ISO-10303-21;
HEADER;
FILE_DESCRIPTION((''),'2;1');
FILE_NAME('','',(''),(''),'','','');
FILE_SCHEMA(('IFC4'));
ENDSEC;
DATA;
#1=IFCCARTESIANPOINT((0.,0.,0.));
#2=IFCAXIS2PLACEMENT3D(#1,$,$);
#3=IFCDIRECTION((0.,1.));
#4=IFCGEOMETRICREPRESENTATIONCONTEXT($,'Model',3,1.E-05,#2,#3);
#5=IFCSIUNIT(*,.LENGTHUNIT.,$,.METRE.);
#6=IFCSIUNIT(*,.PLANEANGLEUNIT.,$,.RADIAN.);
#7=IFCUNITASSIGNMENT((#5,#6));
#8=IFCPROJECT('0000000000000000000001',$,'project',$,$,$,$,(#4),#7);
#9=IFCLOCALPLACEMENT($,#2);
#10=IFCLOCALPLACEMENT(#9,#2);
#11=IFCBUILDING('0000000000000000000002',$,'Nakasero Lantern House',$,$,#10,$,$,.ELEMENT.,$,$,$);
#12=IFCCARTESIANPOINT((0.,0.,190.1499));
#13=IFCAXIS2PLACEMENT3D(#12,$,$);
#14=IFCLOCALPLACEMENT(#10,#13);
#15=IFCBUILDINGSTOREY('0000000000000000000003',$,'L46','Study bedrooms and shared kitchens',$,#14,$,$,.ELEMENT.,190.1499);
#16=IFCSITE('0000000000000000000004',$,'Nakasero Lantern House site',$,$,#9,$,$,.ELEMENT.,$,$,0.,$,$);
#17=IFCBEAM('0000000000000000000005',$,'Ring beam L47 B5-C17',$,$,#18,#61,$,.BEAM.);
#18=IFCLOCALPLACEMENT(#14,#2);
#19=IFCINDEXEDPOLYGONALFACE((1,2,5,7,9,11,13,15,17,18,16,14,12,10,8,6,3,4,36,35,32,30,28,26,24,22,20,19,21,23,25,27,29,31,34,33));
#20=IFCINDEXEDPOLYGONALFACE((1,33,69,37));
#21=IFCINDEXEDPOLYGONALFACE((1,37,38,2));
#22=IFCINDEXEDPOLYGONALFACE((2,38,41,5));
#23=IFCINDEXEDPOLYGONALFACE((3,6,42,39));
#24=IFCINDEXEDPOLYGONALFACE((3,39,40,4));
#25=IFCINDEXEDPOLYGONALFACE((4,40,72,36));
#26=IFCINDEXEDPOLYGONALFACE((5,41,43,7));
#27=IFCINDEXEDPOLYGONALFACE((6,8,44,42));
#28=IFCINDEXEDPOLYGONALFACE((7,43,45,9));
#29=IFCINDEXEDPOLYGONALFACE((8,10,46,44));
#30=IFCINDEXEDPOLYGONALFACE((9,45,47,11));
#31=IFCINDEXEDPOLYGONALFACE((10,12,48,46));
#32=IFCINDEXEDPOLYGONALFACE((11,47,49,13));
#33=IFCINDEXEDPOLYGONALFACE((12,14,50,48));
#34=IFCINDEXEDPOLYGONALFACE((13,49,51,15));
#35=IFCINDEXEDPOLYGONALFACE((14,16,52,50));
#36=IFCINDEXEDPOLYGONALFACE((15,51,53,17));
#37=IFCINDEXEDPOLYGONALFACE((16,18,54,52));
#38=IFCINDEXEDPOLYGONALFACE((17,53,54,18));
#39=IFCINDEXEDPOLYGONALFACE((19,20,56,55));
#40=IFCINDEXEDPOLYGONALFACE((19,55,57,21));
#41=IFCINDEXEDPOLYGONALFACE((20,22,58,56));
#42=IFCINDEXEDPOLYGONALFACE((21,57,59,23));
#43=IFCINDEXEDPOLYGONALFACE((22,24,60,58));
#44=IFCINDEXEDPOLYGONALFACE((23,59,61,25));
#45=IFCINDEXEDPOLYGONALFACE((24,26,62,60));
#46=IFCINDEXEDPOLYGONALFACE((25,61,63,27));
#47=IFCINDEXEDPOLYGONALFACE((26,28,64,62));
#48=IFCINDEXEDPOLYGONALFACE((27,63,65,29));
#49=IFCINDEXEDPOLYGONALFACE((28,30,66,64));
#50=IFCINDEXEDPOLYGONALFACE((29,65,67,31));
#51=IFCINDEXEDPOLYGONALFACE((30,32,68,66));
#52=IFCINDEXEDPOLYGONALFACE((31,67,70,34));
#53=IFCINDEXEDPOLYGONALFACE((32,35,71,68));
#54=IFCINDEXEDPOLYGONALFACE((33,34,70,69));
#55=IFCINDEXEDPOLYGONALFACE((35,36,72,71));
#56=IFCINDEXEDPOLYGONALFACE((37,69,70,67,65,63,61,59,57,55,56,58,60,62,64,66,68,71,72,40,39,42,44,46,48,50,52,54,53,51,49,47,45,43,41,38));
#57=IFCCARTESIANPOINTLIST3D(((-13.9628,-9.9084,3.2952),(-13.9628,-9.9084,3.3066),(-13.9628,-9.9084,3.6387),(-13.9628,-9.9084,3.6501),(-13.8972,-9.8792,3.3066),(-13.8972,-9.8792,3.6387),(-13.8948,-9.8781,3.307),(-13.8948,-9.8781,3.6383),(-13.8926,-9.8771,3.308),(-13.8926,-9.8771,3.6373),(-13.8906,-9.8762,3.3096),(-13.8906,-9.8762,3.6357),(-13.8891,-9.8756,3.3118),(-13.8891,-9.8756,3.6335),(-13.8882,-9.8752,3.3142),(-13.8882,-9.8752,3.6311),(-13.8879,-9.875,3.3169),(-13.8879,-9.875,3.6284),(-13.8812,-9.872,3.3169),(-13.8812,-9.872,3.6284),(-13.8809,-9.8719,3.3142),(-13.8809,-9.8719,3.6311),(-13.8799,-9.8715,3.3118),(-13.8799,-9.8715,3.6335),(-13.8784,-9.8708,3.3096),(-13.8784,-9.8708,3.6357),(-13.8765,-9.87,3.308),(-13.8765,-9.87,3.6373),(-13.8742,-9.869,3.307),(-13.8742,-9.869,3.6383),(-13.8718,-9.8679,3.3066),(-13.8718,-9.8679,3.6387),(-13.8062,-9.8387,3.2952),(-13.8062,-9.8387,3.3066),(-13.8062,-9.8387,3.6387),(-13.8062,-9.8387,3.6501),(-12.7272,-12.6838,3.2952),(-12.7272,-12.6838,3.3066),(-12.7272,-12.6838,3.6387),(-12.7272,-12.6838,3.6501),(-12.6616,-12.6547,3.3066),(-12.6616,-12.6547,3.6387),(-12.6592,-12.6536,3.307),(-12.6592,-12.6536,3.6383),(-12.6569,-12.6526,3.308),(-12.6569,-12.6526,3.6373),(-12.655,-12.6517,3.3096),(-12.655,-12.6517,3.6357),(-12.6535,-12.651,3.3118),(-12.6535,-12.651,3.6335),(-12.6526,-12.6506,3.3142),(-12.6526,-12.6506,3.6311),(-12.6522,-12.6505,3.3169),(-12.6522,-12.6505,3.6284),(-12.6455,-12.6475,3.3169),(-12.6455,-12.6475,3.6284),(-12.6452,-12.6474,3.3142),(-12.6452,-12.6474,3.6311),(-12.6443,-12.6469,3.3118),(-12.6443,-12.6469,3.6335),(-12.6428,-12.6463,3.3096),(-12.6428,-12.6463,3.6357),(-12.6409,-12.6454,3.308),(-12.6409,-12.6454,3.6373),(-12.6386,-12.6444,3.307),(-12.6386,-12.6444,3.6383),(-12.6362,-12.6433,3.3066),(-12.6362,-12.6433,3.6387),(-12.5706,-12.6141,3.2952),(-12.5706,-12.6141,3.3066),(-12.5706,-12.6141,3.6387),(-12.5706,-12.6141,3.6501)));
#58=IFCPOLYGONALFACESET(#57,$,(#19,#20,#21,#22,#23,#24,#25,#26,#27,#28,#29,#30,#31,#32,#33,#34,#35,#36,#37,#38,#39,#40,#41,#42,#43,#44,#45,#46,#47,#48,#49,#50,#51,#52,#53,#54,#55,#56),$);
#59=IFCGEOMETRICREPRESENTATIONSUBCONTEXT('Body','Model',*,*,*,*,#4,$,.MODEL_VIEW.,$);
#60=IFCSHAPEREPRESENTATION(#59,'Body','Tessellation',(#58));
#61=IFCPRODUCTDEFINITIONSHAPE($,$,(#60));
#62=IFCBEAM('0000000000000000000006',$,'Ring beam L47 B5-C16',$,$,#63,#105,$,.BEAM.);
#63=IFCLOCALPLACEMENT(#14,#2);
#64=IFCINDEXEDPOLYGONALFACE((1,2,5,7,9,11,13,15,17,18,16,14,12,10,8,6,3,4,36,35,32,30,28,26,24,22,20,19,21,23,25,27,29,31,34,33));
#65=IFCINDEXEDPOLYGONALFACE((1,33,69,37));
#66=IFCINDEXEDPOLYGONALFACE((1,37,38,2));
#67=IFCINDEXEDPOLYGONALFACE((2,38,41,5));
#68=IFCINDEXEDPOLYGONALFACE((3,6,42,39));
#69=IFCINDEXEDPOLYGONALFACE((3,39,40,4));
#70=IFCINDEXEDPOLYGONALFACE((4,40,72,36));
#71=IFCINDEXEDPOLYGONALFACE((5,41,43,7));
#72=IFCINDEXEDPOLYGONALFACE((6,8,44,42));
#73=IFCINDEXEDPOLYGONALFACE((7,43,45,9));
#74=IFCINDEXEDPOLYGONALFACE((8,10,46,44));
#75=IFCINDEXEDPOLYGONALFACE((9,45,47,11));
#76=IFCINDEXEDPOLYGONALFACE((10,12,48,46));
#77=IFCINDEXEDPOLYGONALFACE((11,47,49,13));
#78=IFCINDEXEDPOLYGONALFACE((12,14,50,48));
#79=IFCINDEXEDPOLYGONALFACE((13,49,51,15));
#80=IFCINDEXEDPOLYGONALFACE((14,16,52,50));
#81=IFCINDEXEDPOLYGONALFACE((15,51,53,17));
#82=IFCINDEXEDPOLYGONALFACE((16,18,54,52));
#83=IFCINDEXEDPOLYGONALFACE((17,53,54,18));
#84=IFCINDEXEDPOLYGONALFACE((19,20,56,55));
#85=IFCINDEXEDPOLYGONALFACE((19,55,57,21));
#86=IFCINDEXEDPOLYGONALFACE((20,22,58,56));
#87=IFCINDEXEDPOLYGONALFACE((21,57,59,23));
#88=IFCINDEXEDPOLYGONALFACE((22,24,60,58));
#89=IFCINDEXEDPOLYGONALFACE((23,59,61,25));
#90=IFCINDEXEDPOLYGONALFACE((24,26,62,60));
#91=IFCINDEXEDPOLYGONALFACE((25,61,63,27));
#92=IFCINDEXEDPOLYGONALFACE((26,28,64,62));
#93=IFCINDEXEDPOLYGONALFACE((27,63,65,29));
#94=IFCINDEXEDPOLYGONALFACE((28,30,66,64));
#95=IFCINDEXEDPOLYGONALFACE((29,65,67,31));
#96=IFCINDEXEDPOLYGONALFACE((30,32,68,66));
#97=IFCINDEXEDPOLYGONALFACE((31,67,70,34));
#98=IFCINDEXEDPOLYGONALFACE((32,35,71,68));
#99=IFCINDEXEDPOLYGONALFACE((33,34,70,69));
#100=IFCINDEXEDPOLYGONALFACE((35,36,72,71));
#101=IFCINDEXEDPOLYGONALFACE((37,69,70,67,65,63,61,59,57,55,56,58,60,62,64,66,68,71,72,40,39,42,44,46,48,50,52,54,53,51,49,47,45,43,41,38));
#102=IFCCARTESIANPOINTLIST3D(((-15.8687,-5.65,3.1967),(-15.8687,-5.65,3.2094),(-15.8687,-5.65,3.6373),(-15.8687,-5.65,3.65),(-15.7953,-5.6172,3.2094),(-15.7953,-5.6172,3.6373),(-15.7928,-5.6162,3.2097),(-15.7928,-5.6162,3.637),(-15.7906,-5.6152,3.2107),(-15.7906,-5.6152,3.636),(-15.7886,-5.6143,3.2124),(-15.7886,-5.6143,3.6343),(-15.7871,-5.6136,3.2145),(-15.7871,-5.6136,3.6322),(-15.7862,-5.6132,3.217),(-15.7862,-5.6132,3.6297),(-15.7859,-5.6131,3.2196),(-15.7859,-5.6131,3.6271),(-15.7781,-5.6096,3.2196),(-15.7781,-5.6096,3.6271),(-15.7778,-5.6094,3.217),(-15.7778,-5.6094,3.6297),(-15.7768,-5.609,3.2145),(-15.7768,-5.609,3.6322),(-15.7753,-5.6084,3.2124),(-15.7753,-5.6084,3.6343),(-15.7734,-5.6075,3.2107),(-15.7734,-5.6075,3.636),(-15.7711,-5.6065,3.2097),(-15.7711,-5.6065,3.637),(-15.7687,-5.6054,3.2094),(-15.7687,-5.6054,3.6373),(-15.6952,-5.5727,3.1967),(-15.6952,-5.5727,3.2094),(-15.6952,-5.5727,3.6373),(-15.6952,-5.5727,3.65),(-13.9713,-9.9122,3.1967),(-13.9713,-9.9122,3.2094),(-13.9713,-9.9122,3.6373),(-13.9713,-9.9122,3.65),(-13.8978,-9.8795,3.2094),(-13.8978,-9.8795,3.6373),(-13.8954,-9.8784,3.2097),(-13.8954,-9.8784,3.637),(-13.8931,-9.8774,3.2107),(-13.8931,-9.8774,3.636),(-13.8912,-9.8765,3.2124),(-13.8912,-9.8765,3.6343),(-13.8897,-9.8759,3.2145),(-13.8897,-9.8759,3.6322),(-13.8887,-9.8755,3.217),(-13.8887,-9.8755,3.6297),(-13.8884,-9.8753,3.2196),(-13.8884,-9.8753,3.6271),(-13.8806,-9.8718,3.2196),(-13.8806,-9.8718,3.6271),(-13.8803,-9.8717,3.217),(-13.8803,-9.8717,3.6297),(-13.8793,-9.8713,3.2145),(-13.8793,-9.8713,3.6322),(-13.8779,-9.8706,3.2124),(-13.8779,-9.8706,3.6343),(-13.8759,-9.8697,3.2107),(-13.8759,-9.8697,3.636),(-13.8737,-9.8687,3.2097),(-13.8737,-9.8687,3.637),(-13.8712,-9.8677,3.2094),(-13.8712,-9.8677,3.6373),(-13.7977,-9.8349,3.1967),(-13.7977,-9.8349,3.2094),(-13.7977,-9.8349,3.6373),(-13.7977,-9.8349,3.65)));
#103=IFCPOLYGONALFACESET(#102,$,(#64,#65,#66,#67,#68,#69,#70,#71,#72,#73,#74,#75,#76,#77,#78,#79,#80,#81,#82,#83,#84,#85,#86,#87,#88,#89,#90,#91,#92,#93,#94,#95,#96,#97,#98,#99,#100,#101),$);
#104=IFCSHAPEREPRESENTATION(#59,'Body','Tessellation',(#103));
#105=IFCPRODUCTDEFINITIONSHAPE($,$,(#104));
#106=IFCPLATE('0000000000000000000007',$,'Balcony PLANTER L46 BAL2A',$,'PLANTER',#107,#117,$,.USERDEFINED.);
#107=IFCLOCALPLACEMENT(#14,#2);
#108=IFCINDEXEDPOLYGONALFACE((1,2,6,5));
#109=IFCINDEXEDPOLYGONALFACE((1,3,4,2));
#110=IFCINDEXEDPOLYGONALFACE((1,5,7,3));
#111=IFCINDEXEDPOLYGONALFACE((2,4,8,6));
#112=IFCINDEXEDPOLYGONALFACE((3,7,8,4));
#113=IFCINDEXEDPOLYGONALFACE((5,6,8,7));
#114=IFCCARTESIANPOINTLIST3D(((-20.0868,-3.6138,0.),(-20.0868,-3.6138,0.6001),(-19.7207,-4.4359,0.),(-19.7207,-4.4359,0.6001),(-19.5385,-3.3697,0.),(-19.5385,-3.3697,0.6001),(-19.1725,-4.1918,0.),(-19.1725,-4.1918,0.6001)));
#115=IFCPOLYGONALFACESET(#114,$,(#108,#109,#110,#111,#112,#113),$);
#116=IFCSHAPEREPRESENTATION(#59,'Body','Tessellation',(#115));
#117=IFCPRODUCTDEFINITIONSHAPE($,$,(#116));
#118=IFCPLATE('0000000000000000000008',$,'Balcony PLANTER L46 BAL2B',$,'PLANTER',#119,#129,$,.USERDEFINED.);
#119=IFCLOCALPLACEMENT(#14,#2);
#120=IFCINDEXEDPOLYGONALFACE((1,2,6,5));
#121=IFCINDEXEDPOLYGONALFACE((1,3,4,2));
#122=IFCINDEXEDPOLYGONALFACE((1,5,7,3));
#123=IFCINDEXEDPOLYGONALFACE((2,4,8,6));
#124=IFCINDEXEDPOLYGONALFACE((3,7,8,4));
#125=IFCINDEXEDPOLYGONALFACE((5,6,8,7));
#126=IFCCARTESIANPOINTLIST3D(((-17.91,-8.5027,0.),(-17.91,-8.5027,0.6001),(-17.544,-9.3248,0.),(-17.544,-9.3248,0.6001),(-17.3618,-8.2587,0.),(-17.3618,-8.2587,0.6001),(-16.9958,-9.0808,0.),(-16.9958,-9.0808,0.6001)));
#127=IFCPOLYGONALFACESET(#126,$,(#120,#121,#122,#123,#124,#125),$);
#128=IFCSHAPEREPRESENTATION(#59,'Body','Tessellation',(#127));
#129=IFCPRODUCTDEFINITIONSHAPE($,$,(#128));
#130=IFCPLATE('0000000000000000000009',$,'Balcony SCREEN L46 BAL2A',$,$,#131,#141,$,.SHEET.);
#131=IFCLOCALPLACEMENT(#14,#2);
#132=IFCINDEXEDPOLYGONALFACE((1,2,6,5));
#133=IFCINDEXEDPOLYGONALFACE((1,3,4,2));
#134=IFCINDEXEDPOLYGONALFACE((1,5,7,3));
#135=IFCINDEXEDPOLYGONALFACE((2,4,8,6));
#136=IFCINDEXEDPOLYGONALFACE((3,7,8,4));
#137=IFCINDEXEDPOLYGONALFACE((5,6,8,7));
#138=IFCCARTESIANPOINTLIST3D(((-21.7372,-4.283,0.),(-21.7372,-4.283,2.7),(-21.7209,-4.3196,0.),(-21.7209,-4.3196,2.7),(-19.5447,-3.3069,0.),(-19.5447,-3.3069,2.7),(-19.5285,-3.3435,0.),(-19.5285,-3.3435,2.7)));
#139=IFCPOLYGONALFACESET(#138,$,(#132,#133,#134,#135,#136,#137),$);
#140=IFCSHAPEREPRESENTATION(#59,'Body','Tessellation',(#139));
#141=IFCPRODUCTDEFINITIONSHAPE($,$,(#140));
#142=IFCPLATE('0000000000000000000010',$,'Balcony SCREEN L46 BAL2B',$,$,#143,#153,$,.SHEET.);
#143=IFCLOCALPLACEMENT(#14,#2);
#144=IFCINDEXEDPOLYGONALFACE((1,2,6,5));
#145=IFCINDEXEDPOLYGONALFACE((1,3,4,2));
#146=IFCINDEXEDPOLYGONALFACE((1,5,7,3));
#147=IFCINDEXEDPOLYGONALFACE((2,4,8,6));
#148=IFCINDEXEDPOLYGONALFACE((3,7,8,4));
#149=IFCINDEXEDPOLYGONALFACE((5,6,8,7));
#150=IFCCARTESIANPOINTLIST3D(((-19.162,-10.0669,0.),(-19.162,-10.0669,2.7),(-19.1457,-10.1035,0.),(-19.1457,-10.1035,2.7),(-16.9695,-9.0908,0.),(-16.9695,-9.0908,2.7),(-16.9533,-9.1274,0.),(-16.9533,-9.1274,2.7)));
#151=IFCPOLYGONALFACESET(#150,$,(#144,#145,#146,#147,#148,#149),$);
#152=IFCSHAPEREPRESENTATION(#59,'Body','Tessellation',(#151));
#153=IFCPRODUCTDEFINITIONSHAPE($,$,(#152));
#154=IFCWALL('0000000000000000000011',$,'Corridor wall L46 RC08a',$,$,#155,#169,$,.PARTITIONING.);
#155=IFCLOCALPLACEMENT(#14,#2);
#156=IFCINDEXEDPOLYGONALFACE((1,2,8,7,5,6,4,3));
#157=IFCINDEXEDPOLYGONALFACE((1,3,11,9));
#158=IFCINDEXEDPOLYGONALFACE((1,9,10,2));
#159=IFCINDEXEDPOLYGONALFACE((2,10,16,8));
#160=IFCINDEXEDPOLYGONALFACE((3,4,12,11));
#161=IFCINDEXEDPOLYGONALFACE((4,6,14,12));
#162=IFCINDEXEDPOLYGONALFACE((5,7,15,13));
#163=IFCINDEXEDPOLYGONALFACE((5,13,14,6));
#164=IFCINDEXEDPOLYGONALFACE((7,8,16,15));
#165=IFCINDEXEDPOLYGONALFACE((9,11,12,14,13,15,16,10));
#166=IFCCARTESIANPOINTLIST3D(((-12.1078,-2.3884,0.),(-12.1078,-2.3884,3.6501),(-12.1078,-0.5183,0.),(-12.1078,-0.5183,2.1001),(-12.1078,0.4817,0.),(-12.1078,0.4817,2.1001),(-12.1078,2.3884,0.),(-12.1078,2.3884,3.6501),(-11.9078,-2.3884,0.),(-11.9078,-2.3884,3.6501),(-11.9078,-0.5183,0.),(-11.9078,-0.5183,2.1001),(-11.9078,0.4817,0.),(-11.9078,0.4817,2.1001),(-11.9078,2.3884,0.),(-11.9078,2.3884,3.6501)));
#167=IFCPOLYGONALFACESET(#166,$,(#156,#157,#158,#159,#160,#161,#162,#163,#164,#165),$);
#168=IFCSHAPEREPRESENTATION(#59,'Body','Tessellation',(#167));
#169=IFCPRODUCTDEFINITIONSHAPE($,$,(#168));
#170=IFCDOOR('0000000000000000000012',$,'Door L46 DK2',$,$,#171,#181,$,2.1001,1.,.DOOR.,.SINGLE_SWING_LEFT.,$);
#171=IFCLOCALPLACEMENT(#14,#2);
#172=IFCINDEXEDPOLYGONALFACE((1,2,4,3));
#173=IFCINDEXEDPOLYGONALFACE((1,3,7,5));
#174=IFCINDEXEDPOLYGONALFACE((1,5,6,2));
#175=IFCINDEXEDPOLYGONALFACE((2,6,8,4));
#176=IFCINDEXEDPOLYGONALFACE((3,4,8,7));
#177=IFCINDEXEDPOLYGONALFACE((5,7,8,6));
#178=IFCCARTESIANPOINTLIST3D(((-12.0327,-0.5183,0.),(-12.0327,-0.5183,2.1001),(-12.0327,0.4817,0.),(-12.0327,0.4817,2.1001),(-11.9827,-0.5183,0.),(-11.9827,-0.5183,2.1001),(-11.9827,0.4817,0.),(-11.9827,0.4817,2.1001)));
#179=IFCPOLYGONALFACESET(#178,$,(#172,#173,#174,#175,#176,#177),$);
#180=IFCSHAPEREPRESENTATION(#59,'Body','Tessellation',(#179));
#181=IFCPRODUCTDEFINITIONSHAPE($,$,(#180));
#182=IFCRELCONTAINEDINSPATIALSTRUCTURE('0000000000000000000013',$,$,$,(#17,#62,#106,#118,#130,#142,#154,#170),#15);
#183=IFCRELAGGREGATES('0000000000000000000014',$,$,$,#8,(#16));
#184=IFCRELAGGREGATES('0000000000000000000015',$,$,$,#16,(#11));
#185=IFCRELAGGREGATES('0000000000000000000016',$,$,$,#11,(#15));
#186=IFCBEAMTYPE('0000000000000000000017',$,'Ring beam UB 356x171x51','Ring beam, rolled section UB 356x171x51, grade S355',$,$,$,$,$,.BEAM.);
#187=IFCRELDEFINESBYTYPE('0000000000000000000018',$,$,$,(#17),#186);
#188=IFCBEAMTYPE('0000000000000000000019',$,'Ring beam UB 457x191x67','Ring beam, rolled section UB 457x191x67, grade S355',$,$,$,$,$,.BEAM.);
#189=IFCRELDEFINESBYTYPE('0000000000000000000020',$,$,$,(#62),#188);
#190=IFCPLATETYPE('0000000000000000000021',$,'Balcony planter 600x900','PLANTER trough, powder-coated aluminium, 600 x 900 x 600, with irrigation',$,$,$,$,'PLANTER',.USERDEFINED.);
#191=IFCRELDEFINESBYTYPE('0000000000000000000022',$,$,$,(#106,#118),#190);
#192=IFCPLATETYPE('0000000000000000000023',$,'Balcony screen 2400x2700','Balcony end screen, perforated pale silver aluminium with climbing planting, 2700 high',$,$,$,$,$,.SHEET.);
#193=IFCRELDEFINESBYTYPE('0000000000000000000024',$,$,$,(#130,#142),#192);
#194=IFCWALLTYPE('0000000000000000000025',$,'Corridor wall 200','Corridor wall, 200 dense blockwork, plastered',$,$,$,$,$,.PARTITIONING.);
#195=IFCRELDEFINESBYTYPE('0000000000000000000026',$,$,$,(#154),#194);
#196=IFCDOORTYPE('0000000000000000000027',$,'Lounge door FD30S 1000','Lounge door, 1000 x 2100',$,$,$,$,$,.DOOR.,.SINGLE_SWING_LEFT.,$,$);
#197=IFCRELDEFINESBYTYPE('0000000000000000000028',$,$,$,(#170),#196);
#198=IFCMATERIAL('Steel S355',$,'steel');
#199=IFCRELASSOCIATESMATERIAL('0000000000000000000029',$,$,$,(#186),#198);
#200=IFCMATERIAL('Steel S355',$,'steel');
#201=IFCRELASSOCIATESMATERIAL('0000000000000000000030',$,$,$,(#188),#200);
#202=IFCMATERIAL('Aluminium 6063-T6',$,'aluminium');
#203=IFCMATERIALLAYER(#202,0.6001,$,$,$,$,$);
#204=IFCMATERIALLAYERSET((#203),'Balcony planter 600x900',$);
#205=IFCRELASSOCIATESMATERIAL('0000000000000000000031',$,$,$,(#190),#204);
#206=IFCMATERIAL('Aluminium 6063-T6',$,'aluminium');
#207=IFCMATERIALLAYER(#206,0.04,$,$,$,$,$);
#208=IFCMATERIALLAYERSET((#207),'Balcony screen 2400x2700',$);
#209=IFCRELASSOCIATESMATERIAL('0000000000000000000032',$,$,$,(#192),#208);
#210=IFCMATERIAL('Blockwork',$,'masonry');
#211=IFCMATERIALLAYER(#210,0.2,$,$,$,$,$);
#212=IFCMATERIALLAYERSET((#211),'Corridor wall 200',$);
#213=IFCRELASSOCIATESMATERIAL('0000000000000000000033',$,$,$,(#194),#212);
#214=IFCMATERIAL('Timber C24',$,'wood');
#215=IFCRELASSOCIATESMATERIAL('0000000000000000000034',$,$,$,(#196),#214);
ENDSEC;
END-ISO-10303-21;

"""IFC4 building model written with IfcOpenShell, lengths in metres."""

from ifc_helpers import new_model, si_unit, direction, frame, frame_2d, origin, origin_2d, place, context, subcontext, project, spatial, rectangle, i_section, extrude, material, layer, layer_set, material_profile, profile_set, type_object, element, fill, save


model = new_model("IFC4")

# Units and contexts
model_context = context("Model", 3, precision=1e-05, world=origin(), true_north=direction((0.0, 1.0)))
body_context = subcontext(model_context, "Body", "Model", "MODEL_VIEW")
ifc_project = project(units=[si_unit("LENGTHUNIT", "METRE"), si_unit("PLANEANGLEUNIT", "RADIAN")], contexts=[model_context])

# Site, building, storey
site_placement = place(None, origin())
site = spatial("IfcSite", under=ifc_project, at=site_placement, Name="Nakasero Lantern House site", CompositionType="ELEMENT", RefElevation=0.0)
building_placement = place(site_placement, origin())
building = spatial("IfcBuilding", under=site, at=building_placement, Name="Nakasero Lantern House", CompositionType="ELEMENT")
storey_placement = place(building_placement, frame((0.0, 0.0, 190.1499)))
storey = spatial("IfcBuildingStorey", under=building, at=storey_placement, Name="L46", Description="Study bedrooms and shared kitchens", CompositionType="ELEMENT", Elevation=190.1499)

# Beams
ifc_material_1 = material(Name="Steel S355", Category="steel")
ifc_material_profile_1 = material_profile(ifc_material_1, i_section(OverallWidth=0.1714, OverallDepth=0.355, WebThickness=0.0073, FlangeThickness=0.0115, FilletRadius=0.0103, at=origin_2d()), Name="UB 356x171x51")
ifc_profile_set_1 = profile_set([ifc_material_profile_1], Name="Steel S355")
beam_type_1 = type_object("IfcBeamType", Name="Ring beam UB 356x171x51", Description="Ring beam, rolled section UB 356x171x51, grade S355", PredefinedType="BEAM", material=ifc_profile_set_1)
beam_1_placement = place(storey_placement, frame((-13.8845, -9.8735, 3.4727), z_axis=(0.406713, -0.913556, 0.0), x_axis=(0.913556, 0.406713, 0.0)))
element("IfcBeam", 1, at=beam_1_placement, inside=storey, type_object=beam_type_1, Name="Ring beam L47 B5-C17", PredefinedType="BEAM", context=body_context, shape_type="SweptSolid", body=[
    extrude(i_section(OverallWidth=0.1714, OverallDepth=0.355, WebThickness=0.0073, FlangeThickness=0.0115, FilletRadius=0.0103, at=origin_2d()), origin(), (0.0, 0.0, 1.0), 3.0381),
])
ifc_material_2 = material(Name="Steel S355", Category="steel")
ifc_material_profile_2 = material_profile(ifc_material_2, i_section(OverallWidth=0.1899, OverallDepth=0.4534, WebThickness=0.0085, FlangeThickness=0.0127, FilletRadius=0.0103, at=origin_2d()), Name="UB 457x191x67")
ifc_profile_set_2 = profile_set([ifc_material_profile_2], Name="Steel S355")
beam_type_2 = type_object("IfcBeamType", Name="Ring beam UB 457x191x67", Description="Ring beam, rolled section UB 457x191x67, grade S355", PredefinedType="BEAM", material=ifc_profile_set_2)
beam_2_placement = place(storey_placement, frame((-15.782, -5.6113, 3.4233), z_axis=(0.406702, -0.913561, 0.0), x_axis=(0.913561, 0.406702, 0.0)))
element("IfcBeam", 2, at=beam_2_placement, inside=storey, type_object=beam_type_2, Name="Ring beam L47 B5-C16", PredefinedType="BEAM", context=body_context, shape_type="SweptSolid", body=[
    extrude(i_section(OverallWidth=0.1899, OverallDepth=0.4534, WebThickness=0.0085, FlangeThickness=0.0127, FilletRadius=0.0103, at=origin_2d()), origin(), (0.0, 0.0, 1.0), 4.6655),
])

# Plates
ifc_material_3 = material(Name="Aluminium 6063-T6", Category="aluminium")
ifc_layer_1 = layer(ifc_material_3, 0.6001)
ifc_layer_set_1 = layer_set([ifc_layer_1], Name="Balcony planter 600x900")
plate_type_1 = type_object("IfcPlateType", Name="Balcony planter 600x900", Description="PLANTER trough, powder-coated aluminium, 600 x 900 x 600, with irrigation", ElementType="PLANTER", PredefinedType="USERDEFINED", material=ifc_layer_set_1)
for number, where, z_axis, x_axis, name in (
    (3, (-19.6296, -3.9028, 0.0), (0.0, 0.0, 1.0), (-0.913545, -0.406737, 0.0), "Balcony PLANTER L46 BAL2A"),
    (4, (-17.4529, -8.7917, 0.0), (0.0, 0.0, 1.0), (-0.913545, -0.406737, 0.0), "Balcony PLANTER L46 BAL2B"),
):
    element("IfcPlate", number, at=place(storey_placement, frame(where, z_axis=z_axis, x_axis=x_axis)), inside=storey, type_object=plate_type_1, Name=name, ObjectType="PLANTER", PredefinedType="USERDEFINED", context=body_context, shape_type="SweptSolid", body=[
        extrude(rectangle(XDim=0.6001, YDim=0.8999, at=origin_2d()), origin(), (0.0, 0.0, 1.0), 0.6001),
    ])
ifc_material_4 = material(Name="Aluminium 6063-T6", Category="aluminium")
ifc_layer_2 = layer(ifc_material_4, 0.04)
ifc_layer_set_2 = layer_set([ifc_layer_2], Name="Balcony screen 2400x2700")
plate_type_2 = type_object("IfcPlateType", Name="Balcony screen 2400x2700", Description="Balcony end screen, perforated pale silver aluminium with climbing planting, 2700 high", PredefinedType="SHEET", material=ifc_layer_set_2)
for number, where, z_axis, x_axis, name in (
    (5, (-20.6328, -3.8132, 0.0), (0.0, 0.0, 1.0), (-0.913545, -0.406737, 0.0), "Balcony SCREEN L46 BAL2A"),
    (6, (-18.0576, -9.5972, 0.0), (0.0, 0.0, 1.0), (-0.913545, -0.406737, 0.0), "Balcony SCREEN L46 BAL2B"),
):
    element("IfcPlate", number, at=place(storey_placement, frame(where, z_axis=z_axis, x_axis=x_axis)), inside=storey, type_object=plate_type_2, Name=name, PredefinedType="SHEET", context=body_context, shape_type="SweptSolid", body=[
        extrude(rectangle(XDim=2.3999, YDim=0.04, at=origin_2d()), origin(), (0.0, 0.0, 1.0), 2.7),
    ])

# Wall, opening, door
ifc_material_5 = material(Name="Blockwork", Category="masonry")
ifc_layer_3 = layer(ifc_material_5, 0.2)
ifc_layer_set_3 = layer_set([ifc_layer_3], Name="Corridor wall 200")
wall_type_1 = type_object("IfcWallType", Name="Corridor wall 200", Description="Corridor wall, 200 dense blockwork, plastered", PredefinedType="PARTITIONING", material=ifc_layer_set_3)
wall_1_placement = place(storey_placement, frame((-12.0078, -2.3884, 0.0), z_axis=(0.0, 0.0, 1.0), x_axis=(0.0, 1.0, 0.0)))
wall_1 = element("IfcWall", 7, at=wall_1_placement, inside=storey, type_object=wall_type_1, Name="Corridor wall L46 RC08a", PredefinedType="PARTITIONING", context=body_context, shape_type="SweptSolid", body=[
    extrude(rectangle(XDim=4.7769, YDim=0.2, at=frame_2d((2.3884, 0.0))), origin(), (0.0, 0.0, 1.0), 3.6501),
])
opening_1_placement = place(wall_1_placement, frame((1.8701, 0.0, 0.0)))
opening_1 = element("IfcOpeningElement", 8, at=opening_1_placement, cuts=wall_1, PredefinedType="OPENING", context=body_context, shape_type="SweptSolid", body=[
    extrude(rectangle(XDim=1.0, YDim=2.1001, at=frame_2d((0.5, 1.05))), frame((0.0, 0.1199, 0.0), z_axis=(0.0, -1.0, 0.0), x_axis=(1.0, 0.0, 0.0)), (0.0, 0.0, 1.0), 0.24),
])
ifc_material_6 = material(Name="Timber C24", Category="wood")
door_type_1 = type_object("IfcDoorType", Name="Lounge door FD30S 1000", Description="Lounge door, 1000 x 2100", OperationType="SINGLE_SWING_LEFT", PredefinedType="DOOR", material=ifc_material_6)
door_1_placement = place(opening_1_placement, origin())
door_1 = element("IfcDoor", 9, at=door_1_placement, inside=storey, type_object=door_type_1, Name="Door L46 DK2", OperationType="SINGLE_SWING_LEFT", OverallHeight=2.1001, OverallWidth=1.0, PredefinedType="DOOR", context=body_context, shape_type="SweptSolid", body=[
    extrude(rectangle(XDim=1.0, YDim=2.1001, at=frame_2d((0.5, 1.05))), frame((0.0, 0.0249, 0.0), z_axis=(0.0, -1.0, 0.0), x_axis=(1.0, 0.0, 0.0)), (0.0, 0.0, 1.0), 0.05),
])
fill(opening_1, door_1)

save(model, "model.ifc")
